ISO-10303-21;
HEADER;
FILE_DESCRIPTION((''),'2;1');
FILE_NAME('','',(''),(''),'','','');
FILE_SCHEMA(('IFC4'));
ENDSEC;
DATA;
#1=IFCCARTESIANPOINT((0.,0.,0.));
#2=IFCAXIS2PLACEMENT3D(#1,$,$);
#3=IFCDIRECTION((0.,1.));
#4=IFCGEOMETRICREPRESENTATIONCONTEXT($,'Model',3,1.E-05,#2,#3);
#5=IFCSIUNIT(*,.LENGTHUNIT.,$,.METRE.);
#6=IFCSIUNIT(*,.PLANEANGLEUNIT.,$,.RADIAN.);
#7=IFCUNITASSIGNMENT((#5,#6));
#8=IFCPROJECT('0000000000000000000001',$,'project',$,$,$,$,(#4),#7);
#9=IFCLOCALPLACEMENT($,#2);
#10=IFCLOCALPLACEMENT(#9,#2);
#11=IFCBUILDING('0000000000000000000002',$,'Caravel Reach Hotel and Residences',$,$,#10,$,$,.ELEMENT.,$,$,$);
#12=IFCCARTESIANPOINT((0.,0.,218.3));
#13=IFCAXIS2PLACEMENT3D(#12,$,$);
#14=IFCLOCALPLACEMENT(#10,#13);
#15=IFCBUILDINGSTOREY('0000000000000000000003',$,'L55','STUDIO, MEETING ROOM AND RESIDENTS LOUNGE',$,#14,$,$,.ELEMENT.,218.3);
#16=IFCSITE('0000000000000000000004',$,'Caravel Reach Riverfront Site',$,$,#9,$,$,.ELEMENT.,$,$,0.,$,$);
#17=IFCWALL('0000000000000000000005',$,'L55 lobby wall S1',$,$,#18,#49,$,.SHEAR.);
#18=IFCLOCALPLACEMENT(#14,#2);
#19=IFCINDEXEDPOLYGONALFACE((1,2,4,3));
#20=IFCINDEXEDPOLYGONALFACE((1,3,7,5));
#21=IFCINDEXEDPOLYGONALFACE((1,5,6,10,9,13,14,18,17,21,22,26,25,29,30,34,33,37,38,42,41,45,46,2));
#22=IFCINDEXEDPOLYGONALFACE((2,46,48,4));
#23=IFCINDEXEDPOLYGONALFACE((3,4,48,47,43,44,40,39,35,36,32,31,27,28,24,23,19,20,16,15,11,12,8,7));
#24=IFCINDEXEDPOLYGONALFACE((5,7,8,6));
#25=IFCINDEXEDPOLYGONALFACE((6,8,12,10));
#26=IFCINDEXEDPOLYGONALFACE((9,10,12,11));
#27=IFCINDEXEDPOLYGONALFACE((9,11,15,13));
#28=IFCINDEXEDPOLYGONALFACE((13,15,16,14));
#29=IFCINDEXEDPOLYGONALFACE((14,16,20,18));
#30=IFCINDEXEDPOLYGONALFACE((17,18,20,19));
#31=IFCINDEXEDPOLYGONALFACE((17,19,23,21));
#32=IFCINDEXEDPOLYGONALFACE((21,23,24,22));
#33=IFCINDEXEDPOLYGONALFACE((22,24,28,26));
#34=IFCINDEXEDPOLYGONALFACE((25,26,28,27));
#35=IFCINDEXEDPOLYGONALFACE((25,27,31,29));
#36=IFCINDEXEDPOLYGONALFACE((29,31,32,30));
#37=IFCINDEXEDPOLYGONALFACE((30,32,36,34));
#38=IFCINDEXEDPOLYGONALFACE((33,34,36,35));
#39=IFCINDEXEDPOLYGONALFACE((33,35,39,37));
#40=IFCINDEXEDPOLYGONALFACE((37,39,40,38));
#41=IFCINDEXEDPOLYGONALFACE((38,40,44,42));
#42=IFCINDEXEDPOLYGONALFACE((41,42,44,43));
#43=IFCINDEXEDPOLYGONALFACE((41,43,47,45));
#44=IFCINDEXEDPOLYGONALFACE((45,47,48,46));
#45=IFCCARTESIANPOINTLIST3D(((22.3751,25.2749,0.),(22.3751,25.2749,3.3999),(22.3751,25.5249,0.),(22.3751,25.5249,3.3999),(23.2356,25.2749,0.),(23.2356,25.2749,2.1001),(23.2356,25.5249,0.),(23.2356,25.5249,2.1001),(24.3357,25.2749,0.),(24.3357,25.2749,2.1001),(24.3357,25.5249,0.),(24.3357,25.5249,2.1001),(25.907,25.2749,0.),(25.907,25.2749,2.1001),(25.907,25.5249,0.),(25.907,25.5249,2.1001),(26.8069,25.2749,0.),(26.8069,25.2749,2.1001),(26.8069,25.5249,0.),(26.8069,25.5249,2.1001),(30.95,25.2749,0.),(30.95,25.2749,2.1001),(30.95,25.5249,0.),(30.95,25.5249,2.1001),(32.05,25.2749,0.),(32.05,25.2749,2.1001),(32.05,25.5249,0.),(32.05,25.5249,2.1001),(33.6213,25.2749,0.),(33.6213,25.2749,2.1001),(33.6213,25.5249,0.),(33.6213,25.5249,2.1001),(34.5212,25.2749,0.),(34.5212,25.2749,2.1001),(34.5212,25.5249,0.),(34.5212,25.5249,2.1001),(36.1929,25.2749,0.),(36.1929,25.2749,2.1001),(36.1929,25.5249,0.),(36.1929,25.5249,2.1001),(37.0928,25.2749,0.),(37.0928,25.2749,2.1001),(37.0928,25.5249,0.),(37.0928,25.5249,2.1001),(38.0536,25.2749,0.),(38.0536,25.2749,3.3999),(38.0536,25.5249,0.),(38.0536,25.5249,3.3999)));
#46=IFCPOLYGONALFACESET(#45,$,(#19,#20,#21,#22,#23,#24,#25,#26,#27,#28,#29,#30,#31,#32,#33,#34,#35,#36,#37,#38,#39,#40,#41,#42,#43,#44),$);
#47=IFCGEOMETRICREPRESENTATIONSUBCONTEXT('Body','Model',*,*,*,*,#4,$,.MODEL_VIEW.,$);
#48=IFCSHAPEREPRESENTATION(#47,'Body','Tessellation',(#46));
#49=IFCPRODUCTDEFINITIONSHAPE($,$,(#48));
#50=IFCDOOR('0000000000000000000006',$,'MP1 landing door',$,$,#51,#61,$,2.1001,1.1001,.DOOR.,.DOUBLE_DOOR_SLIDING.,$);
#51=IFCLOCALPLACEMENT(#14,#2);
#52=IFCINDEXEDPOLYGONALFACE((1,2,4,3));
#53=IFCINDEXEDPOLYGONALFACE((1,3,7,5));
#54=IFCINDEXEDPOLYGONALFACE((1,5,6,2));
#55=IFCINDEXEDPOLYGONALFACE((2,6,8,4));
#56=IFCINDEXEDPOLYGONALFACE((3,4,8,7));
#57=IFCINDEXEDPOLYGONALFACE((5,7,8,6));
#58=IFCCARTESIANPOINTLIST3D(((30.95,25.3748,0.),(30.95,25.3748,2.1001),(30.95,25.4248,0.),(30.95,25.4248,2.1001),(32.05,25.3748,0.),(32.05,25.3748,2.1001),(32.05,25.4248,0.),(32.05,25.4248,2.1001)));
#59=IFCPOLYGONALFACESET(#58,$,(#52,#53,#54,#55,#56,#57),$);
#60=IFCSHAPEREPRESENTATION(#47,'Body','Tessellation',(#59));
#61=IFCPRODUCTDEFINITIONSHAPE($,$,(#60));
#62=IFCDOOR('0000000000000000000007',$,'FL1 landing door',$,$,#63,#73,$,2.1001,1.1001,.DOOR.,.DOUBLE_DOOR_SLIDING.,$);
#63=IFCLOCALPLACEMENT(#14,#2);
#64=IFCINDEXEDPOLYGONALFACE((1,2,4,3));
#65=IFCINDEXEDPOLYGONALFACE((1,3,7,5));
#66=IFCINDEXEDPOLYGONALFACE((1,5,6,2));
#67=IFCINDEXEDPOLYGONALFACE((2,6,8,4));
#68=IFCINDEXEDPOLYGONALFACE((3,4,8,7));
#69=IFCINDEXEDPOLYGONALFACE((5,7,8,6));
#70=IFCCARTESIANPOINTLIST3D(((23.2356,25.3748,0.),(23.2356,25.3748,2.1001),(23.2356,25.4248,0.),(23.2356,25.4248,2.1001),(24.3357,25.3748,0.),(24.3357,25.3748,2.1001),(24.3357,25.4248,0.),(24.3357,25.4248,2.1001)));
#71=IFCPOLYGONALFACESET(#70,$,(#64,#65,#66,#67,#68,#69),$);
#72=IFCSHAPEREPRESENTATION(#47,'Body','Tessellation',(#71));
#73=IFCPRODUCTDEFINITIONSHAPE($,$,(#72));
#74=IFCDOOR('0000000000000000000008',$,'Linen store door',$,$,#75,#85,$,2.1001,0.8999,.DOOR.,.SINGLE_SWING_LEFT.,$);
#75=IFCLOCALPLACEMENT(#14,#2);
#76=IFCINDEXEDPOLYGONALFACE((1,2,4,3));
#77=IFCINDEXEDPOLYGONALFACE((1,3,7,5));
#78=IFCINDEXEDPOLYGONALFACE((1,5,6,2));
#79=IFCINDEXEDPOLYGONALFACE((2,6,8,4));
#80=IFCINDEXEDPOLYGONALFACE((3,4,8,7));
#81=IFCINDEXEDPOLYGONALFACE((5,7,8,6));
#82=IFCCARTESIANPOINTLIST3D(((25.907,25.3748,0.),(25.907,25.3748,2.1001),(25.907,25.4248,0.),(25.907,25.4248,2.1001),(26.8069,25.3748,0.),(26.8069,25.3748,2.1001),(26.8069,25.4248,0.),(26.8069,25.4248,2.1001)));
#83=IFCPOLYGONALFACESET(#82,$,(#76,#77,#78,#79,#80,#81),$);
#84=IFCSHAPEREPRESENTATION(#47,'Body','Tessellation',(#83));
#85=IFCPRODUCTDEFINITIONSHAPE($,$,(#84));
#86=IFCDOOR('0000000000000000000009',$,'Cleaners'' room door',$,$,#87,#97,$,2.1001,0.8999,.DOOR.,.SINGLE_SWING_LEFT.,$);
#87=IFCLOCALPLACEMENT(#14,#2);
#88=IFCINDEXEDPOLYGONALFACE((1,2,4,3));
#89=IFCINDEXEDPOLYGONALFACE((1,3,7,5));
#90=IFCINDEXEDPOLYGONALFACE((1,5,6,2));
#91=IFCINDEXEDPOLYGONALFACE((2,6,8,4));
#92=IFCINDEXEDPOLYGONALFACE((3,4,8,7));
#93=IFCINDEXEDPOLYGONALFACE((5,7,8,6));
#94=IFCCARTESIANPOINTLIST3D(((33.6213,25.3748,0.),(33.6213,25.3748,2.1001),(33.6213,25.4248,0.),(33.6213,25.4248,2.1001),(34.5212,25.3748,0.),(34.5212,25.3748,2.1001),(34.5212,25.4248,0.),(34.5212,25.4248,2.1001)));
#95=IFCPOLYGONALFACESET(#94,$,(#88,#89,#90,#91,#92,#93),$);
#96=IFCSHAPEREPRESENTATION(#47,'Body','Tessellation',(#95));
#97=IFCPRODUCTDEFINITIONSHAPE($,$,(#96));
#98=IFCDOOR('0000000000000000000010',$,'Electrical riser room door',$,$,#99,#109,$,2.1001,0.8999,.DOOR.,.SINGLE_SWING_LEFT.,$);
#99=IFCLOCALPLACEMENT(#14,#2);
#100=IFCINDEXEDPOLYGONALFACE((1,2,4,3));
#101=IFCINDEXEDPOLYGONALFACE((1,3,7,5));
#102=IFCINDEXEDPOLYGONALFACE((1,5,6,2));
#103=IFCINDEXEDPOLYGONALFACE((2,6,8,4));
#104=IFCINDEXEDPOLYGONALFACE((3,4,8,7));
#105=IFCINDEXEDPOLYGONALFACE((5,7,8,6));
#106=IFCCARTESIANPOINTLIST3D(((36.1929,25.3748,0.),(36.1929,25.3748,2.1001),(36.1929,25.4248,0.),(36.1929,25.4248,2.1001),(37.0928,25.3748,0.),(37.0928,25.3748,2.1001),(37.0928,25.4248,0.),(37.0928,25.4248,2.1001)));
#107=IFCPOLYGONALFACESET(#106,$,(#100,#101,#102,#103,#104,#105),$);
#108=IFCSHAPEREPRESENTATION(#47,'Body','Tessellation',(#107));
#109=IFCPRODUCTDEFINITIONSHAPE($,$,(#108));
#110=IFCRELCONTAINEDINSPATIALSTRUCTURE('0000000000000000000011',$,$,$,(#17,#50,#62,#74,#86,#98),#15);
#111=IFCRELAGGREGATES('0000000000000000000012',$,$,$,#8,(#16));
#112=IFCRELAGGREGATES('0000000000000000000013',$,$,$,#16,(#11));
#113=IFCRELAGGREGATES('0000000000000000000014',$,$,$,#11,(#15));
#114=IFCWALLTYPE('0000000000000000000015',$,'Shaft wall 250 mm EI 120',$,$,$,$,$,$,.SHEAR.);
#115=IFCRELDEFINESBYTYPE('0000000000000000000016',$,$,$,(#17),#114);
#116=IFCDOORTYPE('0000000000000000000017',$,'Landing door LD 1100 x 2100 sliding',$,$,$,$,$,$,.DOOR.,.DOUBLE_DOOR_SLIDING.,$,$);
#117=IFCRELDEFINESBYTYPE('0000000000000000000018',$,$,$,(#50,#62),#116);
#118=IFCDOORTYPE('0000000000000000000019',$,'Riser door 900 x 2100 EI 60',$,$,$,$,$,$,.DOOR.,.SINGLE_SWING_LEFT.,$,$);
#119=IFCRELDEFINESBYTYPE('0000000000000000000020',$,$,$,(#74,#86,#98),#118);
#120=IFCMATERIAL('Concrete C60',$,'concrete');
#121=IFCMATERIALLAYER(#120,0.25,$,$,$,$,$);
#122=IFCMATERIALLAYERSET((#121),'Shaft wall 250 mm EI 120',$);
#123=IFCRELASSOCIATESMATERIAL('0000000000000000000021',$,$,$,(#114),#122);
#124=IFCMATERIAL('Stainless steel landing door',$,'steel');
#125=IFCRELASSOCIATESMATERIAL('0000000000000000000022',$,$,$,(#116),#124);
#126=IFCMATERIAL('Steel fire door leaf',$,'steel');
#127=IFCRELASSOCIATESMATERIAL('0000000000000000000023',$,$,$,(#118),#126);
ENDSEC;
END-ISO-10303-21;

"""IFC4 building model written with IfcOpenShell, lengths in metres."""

from ifc_helpers import new_model, si_unit, direction, frame, frame_2d, origin, place, context, subcontext, project, spatial, rectangle, extrude, material, layer, layer_set, type_object, element, fill, save


model = new_model("IFC4")

# Units and contexts
model_context = context("Model", 3, precision=1e-05, world=origin(), true_north=direction((0.0, 1.0)))
body_context = subcontext(model_context, "Body", "Model", "MODEL_VIEW")
ifc_project = project(units=[si_unit("LENGTHUNIT", "METRE"), si_unit("PLANEANGLEUNIT", "RADIAN")], contexts=[model_context])

# Site, building, storey
site_placement = place(None, origin())
site = spatial("IfcSite", under=ifc_project, at=site_placement, Name="Caravel Reach Riverfront Site", CompositionType="ELEMENT", RefElevation=0.0)
building_placement = place(site_placement, origin())
building = spatial("IfcBuilding", under=site, at=building_placement, Name="Caravel Reach Hotel and Residences", CompositionType="ELEMENT")
storey_placement = place(building_placement, frame((0.0, 0.0, 218.3)))
storey = spatial("IfcBuildingStorey", under=building, at=storey_placement, Name="L55", Description="STUDIO, MEETING ROOM AND RESIDENTS LOUNGE", CompositionType="ELEMENT", Elevation=218.3)

# Wall, openings, doors
ifc_material_1 = material(Name="Concrete C60", Category="concrete")
ifc_layer_1 = layer(ifc_material_1, 0.25)
ifc_layer_set_1 = layer_set([ifc_layer_1], Name="Shaft wall 250 mm EI 120")
wall_type_1 = type_object("IfcWallType", Name="Shaft wall 250 mm EI 120", PredefinedType="SHEAR", material=ifc_layer_set_1)
wall_1_placement = place(storey_placement, frame((22.375, 25.3999, 0.0), z_axis=(0.0, 0.0, 1.0), x_axis=(1.0, 0.0, 0.0)))
wall_1 = element("IfcWall", 1, at=wall_1_placement, inside=storey, type_object=wall_type_1, Name="L55 lobby wall S1", PredefinedType="SHEAR", context=body_context, shape_type="SweptSolid", body=[
    extrude(rectangle(XDim=15.6785, YDim=0.25, at=frame_2d((7.8394, 0.0))), origin(), (0.0, 0.0, 1.0), 3.3999),
])
opening_1_placement = place(wall_1_placement, frame((8.575, 0.0, 0.0)))
opening_1 = element("IfcOpeningElement", 2, at=opening_1_placement, cuts=wall_1, PredefinedType="OPENING", context=body_context, shape_type="SweptSolid", body=[
    extrude(rectangle(XDim=1.1001, YDim=2.1001, at=frame_2d((0.55, 1.05))), frame((0.0, 0.135, 0.0), z_axis=(0.0, -1.0, 0.0), x_axis=(1.0, 0.0, 0.0)), (0.0, 0.0, 1.0), 0.27),
])
opening_2_placement = place(wall_1_placement, frame((0.8606, 0.0, 0.0)))
opening_2 = element("IfcOpeningElement", 3, at=opening_2_placement, cuts=wall_1, PredefinedType="OPENING", context=body_context, shape_type="SweptSolid", body=[
    extrude(rectangle(XDim=1.1001, YDim=2.1001, at=frame_2d((0.55, 1.05))), frame((0.0, 0.135, 0.0), z_axis=(0.0, -1.0, 0.0), x_axis=(1.0, 0.0, 0.0)), (0.0, 0.0, 1.0), 0.27),
])
opening_3_placement = place(wall_1_placement, frame((3.532, 0.0, 0.0)))
opening_3 = element("IfcOpeningElement", 4, at=opening_3_placement, cuts=wall_1, PredefinedType="OPENING", context=body_context, shape_type="SweptSolid", body=[
    extrude(rectangle(XDim=0.8999, YDim=2.1001, at=frame_2d((0.45, 1.05))), frame((0.0, 0.135, 0.0), z_axis=(0.0, -1.0, 0.0), x_axis=(1.0, 0.0, 0.0)), (0.0, 0.0, 1.0), 0.27),
])
opening_4_placement = place(wall_1_placement, frame((11.2463, 0.0, 0.0)))
opening_4 = element("IfcOpeningElement", 5, at=opening_4_placement, cuts=wall_1, PredefinedType="OPENING", context=body_context, shape_type="SweptSolid", body=[
    extrude(rectangle(XDim=0.8999, YDim=2.1001, at=frame_2d((0.45, 1.05))), frame((0.0, 0.135, 0.0), z_axis=(0.0, -1.0, 0.0), x_axis=(1.0, 0.0, 0.0)), (0.0, 0.0, 1.0), 0.27),
])
opening_5_placement = place(wall_1_placement, frame((13.8179, 0.0, 0.0)))
opening_5 = element("IfcOpeningElement", 6, at=opening_5_placement, cuts=wall_1, PredefinedType="OPENING", context=body_context, shape_type="SweptSolid", body=[
    extrude(rectangle(XDim=0.8999, YDim=2.1001, at=frame_2d((0.45, 1.05))), frame((0.0, 0.135, 0.0), z_axis=(0.0, -1.0, 0.0), x_axis=(1.0, 0.0, 0.0)), (0.0, 0.0, 1.0), 0.27),
])
ifc_material_2 = material(Name="Stainless steel landing door", Category="steel")
door_type_1 = type_object("IfcDoorType", Name="Landing door LD 1100 x 2100 sliding", OperationType="DOUBLE_DOOR_SLIDING", PredefinedType="DOOR", material=ifc_material_2)
door_1_placement = place(opening_1_placement, origin())
door_1 = element("IfcDoor", 7, at=door_1_placement, inside=storey, type_object=door_type_1, Name="MP1 landing door", OperationType="DOUBLE_DOOR_SLIDING", OverallHeight=2.1001, OverallWidth=1.1001, PredefinedType="DOOR", context=body_context, shape_type="SweptSolid", body=[
    extrude(rectangle(XDim=1.1001, YDim=2.1001, at=frame_2d((0.55, 1.05))), frame((0.0, 0.0249, 0.0), z_axis=(0.0, -1.0, 0.0), x_axis=(1.0, 0.0, 0.0)), (0.0, 0.0, 1.0), 0.05),
])
fill(opening_1, door_1)
door_2_placement = place(opening_2_placement, origin())
door_2 = element("IfcDoor", 8, at=door_2_placement, inside=storey, type_object=door_type_1, Name="FL1 landing door", OperationType="DOUBLE_DOOR_SLIDING", OverallHeight=2.1001, OverallWidth=1.1001, PredefinedType="DOOR", context=body_context, shape_type="SweptSolid", body=[
    extrude(rectangle(XDim=1.1001, YDim=2.1001, at=frame_2d((0.55, 1.05))), frame((0.0, 0.0249, 0.0), z_axis=(0.0, -1.0, 0.0), x_axis=(1.0, 0.0, 0.0)), (0.0, 0.0, 1.0), 0.05),
])
fill(opening_2, door_2)
ifc_material_3 = material(Name="Steel fire door leaf", Category="steel")
door_type_2 = type_object("IfcDoorType", Name="Riser door 900 x 2100 EI 60", OperationType="SINGLE_SWING_LEFT", PredefinedType="DOOR", material=ifc_material_3)
door_3_placement = place(opening_3_placement, origin())
door_3 = element("IfcDoor", 9, at=door_3_placement, inside=storey, type_object=door_type_2, Name="Linen store door", OperationType="SINGLE_SWING_LEFT", OverallHeight=2.1001, OverallWidth=0.8999, PredefinedType="DOOR", context=body_context, shape_type="SweptSolid", body=[
    extrude(rectangle(XDim=0.8999, YDim=2.1001, at=frame_2d((0.45, 1.05))), frame((0.0, 0.0249, 0.0), z_axis=(0.0, -1.0, 0.0), x_axis=(1.0, 0.0, 0.0)), (0.0, 0.0, 1.0), 0.05),
])
fill(opening_3, door_3)
door_4_placement = place(opening_4_placement, origin())
door_4 = element("IfcDoor", 10, at=door_4_placement, inside=storey, type_object=door_type_2, Name="Cleaners' room door", OperationType="SINGLE_SWING_LEFT", OverallHeight=2.1001, OverallWidth=0.8999, PredefinedType="DOOR", context=body_context, shape_type="SweptSolid", body=[
    extrude(rectangle(XDim=0.8999, YDim=2.1001, at=frame_2d((0.45, 1.05))), frame((0.0, 0.0249, 0.0), z_axis=(0.0, -1.0, 0.0), x_axis=(1.0, 0.0, 0.0)), (0.0, 0.0, 1.0), 0.05),
])
fill(opening_4, door_4)
door_5_placement = place(opening_5_placement, origin())
door_5 = element("IfcDoor", 11, at=door_5_placement, inside=storey, type_object=door_type_2, Name="Electrical riser room door", OperationType="SINGLE_SWING_LEFT", OverallHeight=2.1001, OverallWidth=0.8999, PredefinedType="DOOR", context=body_context, shape_type="SweptSolid", body=[
    extrude(rectangle(XDim=0.8999, YDim=2.1001, at=frame_2d((0.45, 1.05))), frame((0.0, 0.0249, 0.0), z_axis=(0.0, -1.0, 0.0), x_axis=(1.0, 0.0, 0.0)), (0.0, 0.0, 1.0), 0.05),
])
fill(opening_5, door_5)

save(model, "model.ifc")
